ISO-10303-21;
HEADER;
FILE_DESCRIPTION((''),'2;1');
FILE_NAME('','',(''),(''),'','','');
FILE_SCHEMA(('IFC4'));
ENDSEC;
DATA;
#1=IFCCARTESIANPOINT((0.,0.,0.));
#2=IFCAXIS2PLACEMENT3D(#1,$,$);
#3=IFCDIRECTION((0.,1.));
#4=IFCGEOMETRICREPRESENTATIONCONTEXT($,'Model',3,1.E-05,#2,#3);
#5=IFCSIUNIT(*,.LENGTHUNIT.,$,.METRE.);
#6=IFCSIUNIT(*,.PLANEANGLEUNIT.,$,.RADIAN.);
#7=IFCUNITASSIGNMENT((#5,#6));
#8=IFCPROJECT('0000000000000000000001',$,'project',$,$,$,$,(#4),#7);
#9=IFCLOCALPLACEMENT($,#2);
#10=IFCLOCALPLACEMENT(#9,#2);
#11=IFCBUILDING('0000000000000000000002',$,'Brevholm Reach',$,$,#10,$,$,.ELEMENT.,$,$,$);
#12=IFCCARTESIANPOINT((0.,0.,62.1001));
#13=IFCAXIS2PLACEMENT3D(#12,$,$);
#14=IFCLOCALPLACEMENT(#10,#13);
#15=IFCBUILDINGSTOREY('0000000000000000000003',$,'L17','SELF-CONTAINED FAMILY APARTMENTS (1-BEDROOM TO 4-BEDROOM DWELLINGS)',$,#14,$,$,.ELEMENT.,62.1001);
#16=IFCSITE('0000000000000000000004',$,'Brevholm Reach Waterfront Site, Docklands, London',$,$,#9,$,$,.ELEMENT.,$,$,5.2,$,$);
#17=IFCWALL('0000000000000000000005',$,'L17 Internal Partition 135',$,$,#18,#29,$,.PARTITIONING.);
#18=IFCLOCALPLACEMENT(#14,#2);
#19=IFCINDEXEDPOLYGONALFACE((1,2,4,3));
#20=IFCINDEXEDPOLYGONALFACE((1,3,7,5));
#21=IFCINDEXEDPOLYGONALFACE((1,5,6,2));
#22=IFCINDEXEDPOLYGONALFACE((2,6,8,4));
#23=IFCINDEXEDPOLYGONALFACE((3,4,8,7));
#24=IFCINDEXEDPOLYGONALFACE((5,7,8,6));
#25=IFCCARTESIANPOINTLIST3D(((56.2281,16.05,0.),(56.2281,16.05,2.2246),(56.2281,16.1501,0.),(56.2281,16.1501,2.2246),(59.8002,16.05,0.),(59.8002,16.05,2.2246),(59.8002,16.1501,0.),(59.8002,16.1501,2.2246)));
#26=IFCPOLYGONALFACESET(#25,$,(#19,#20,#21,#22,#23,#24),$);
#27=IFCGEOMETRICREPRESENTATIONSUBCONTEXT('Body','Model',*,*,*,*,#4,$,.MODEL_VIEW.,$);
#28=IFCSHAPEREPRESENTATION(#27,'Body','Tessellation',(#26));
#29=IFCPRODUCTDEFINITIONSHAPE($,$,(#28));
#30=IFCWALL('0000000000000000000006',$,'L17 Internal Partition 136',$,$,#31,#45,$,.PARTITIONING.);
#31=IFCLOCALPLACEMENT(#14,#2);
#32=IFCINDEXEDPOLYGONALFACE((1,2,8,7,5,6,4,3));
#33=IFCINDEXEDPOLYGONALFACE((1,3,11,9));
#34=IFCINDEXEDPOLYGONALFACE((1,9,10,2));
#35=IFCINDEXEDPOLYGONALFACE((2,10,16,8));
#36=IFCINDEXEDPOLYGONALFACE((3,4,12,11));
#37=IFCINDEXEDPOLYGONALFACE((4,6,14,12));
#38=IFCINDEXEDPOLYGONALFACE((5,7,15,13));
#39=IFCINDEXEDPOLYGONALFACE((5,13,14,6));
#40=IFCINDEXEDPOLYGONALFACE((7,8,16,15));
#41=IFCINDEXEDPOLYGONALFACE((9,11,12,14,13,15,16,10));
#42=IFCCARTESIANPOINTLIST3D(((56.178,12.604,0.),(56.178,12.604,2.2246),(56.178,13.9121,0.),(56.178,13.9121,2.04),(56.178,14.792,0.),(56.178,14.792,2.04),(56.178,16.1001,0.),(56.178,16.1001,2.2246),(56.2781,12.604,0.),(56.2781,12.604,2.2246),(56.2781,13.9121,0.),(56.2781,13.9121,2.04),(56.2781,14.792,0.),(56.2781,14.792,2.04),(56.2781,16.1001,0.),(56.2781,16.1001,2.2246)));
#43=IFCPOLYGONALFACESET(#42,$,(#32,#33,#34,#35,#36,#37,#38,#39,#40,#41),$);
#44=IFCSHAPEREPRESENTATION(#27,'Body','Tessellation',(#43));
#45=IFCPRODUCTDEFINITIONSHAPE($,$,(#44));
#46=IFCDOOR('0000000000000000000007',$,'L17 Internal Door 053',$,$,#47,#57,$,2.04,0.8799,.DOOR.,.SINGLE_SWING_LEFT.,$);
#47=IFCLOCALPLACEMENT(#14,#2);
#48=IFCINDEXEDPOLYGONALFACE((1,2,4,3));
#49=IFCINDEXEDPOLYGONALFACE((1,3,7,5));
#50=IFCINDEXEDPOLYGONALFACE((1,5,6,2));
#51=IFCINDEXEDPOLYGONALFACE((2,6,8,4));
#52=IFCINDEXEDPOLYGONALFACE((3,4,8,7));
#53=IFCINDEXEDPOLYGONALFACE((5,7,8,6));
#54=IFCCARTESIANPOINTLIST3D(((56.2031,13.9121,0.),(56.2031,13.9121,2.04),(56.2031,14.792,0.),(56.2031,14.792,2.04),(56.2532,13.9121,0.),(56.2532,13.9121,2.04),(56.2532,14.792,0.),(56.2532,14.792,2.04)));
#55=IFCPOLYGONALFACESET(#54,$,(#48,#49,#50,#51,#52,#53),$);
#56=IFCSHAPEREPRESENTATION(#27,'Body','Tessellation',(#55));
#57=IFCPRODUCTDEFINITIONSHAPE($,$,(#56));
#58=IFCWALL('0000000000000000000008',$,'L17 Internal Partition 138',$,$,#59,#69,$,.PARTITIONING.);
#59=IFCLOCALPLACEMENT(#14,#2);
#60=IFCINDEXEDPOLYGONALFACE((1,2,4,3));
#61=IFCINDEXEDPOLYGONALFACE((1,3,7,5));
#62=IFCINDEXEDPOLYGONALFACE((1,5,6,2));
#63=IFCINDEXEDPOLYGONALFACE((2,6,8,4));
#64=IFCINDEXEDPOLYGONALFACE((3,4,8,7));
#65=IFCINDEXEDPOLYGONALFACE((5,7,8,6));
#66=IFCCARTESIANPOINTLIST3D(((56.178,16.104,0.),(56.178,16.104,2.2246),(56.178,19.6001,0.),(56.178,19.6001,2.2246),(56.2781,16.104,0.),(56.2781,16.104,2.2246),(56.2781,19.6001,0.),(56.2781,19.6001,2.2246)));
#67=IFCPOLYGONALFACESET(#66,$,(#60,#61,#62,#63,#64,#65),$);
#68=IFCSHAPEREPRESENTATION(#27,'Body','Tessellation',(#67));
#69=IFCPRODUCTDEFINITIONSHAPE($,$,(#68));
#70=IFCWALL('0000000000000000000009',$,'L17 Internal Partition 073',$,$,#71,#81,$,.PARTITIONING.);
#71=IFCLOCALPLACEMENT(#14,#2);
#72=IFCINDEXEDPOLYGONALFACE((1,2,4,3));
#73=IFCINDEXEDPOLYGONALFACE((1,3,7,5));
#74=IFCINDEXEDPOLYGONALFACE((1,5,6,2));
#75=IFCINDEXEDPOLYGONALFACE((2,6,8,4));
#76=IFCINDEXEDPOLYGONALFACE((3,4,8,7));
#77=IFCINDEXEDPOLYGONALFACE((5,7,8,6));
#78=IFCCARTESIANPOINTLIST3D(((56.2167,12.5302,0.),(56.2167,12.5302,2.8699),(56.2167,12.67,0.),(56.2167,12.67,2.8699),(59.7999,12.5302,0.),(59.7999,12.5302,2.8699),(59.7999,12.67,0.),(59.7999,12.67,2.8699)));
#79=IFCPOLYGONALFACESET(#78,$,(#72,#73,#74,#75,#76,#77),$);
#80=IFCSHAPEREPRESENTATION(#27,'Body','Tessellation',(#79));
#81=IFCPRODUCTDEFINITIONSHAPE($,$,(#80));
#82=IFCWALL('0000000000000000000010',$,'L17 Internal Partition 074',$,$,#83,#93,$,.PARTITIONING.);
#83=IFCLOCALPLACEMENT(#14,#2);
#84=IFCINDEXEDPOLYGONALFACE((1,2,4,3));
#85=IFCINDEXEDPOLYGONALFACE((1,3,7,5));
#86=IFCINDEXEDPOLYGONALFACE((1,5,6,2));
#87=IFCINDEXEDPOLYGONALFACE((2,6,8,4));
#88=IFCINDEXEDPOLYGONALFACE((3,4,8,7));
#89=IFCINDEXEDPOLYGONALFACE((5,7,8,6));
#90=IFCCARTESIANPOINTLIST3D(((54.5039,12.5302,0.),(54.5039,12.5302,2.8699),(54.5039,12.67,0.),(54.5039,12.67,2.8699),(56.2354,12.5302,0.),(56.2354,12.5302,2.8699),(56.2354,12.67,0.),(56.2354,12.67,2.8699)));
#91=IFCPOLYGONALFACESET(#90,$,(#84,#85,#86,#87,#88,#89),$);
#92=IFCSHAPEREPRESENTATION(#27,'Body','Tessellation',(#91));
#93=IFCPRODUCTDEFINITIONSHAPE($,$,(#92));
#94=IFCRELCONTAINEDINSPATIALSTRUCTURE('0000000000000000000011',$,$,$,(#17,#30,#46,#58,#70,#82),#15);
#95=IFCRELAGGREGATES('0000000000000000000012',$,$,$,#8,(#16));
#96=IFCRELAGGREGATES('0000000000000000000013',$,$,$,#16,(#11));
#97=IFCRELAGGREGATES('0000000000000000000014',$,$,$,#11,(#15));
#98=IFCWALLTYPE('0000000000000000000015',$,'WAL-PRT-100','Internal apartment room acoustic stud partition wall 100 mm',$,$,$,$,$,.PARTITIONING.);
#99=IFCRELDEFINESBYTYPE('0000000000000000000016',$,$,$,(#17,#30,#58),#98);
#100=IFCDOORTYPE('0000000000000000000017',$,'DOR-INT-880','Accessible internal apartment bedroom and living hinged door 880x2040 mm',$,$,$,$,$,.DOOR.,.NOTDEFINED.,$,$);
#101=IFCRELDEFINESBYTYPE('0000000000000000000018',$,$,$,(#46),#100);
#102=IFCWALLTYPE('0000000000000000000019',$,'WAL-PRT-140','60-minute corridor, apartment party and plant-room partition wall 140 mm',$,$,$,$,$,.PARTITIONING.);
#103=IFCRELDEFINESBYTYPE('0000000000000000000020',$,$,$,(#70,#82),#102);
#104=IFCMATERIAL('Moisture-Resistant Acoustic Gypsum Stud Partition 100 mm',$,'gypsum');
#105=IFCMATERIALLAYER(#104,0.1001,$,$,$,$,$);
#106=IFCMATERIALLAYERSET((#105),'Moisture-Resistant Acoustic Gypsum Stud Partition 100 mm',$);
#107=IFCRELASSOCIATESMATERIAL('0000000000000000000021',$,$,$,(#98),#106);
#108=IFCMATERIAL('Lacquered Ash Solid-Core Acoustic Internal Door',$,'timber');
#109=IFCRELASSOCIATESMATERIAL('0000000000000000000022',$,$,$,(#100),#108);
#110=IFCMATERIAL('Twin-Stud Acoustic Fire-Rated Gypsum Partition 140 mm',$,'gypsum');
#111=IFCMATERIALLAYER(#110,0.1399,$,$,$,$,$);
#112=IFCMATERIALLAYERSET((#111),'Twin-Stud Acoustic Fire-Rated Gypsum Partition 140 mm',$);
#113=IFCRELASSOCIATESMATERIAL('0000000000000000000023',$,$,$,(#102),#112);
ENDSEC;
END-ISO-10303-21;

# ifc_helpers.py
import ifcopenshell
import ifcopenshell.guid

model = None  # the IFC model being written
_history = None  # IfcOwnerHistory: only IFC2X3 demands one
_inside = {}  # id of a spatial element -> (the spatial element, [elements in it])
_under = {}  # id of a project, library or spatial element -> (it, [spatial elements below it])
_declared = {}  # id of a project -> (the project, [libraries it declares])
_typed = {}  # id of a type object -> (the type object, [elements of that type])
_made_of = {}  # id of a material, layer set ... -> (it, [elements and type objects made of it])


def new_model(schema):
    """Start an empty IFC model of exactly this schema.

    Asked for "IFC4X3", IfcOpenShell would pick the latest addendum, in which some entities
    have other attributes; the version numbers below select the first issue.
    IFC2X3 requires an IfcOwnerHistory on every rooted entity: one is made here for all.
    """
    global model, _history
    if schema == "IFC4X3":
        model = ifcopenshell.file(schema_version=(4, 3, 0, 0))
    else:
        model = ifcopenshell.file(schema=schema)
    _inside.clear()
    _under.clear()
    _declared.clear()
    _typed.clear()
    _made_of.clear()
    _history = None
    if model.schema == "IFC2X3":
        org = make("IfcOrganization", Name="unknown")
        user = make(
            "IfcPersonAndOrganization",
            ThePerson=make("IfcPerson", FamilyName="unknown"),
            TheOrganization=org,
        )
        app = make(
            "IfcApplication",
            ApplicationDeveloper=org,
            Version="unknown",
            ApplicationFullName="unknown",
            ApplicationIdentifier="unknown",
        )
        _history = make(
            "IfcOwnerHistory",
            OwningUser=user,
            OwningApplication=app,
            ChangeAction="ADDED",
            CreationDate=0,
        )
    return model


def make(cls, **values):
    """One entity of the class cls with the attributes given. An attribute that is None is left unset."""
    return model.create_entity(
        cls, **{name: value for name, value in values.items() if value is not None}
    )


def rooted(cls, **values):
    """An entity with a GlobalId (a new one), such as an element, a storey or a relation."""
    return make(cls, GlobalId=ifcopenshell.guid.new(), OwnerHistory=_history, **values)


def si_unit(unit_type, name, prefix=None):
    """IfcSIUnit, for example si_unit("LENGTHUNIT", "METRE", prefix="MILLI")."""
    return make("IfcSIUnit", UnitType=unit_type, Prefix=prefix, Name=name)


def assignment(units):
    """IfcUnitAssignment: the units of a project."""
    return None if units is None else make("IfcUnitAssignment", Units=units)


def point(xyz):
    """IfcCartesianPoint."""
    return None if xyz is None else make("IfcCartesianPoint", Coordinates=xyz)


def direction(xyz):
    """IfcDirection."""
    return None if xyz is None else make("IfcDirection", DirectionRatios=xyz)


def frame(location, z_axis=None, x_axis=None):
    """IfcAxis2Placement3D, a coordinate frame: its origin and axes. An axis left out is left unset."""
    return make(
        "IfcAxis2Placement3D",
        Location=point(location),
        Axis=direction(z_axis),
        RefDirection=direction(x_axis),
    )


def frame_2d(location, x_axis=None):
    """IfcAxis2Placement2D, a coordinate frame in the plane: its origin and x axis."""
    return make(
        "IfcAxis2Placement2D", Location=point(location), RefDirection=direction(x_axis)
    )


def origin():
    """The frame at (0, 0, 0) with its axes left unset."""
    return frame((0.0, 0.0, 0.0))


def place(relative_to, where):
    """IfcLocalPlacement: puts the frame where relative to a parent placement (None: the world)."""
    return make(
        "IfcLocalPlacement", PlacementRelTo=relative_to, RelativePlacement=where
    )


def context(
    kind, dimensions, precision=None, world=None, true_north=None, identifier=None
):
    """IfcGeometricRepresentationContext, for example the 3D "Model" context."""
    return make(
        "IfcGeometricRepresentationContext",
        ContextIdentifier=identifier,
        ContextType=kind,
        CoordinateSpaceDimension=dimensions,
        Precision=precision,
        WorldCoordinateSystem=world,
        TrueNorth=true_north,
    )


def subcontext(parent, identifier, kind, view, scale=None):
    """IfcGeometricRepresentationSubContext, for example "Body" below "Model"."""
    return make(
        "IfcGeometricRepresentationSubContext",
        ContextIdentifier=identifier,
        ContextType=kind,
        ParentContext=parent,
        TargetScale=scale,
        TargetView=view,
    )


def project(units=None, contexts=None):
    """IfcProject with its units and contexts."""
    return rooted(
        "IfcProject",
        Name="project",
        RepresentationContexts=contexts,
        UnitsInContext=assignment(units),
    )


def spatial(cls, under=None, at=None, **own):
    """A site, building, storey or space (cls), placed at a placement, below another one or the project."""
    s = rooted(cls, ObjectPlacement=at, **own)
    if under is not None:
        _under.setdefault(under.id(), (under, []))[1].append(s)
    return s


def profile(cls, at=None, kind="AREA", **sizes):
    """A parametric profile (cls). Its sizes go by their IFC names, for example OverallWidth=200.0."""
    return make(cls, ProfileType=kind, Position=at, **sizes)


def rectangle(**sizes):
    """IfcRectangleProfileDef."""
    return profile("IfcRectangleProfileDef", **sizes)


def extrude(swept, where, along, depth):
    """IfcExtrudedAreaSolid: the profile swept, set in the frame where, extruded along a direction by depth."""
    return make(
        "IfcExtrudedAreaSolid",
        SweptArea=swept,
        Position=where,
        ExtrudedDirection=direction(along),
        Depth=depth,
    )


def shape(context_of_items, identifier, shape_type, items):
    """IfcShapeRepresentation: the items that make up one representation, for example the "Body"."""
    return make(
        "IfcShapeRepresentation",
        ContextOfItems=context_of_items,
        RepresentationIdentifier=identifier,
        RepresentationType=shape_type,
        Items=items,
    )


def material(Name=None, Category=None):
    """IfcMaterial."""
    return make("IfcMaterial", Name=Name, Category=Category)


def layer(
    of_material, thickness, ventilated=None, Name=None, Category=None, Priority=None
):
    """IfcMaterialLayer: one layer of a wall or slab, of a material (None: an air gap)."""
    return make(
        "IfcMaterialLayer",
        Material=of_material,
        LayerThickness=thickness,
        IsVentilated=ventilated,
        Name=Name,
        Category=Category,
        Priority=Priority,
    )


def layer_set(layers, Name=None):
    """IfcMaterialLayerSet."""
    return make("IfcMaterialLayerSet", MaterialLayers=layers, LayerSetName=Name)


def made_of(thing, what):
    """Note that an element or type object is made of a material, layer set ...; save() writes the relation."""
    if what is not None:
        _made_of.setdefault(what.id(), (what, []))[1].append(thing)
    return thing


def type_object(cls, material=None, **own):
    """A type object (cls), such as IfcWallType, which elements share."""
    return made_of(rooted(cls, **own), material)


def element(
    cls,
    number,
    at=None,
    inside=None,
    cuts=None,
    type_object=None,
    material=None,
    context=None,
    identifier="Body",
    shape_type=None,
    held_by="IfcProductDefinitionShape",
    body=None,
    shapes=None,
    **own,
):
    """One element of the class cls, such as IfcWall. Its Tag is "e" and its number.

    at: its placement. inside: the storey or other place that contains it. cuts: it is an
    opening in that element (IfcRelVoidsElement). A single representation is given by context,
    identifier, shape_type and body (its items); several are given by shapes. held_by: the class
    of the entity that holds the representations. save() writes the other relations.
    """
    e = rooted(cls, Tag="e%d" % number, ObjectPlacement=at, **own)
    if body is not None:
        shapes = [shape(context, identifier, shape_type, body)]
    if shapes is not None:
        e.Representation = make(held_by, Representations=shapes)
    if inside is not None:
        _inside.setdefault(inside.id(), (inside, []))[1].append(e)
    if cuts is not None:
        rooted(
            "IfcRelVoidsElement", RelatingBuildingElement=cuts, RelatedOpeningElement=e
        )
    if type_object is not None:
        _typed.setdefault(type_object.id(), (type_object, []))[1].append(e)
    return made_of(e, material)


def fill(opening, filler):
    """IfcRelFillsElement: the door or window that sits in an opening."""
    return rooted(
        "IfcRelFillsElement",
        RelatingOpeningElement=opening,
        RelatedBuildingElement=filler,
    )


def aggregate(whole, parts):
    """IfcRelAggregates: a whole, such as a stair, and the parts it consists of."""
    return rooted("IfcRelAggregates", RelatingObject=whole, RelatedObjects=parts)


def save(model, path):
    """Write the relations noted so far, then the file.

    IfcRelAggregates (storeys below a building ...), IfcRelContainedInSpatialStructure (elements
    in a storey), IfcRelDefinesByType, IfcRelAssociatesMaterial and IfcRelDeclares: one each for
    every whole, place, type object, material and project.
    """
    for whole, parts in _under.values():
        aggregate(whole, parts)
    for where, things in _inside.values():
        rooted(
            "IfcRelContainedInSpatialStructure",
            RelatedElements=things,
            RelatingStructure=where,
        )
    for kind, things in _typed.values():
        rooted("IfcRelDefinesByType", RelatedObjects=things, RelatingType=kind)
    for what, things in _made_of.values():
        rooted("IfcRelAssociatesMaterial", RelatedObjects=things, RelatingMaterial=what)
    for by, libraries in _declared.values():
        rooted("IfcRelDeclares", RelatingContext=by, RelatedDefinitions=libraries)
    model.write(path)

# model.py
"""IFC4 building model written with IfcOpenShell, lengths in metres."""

from ifc_helpers import new_model, si_unit, direction, frame, frame_2d, origin, place, context, subcontext, project, spatial, rectangle, extrude, material, layer, layer_set, type_object, element, fill, save


model = new_model("IFC4")

# Units and contexts
model_context = context("Model", 3, precision=1e-05, world=origin(), true_north=direction((0.0, 1.0)))
body_context = subcontext(model_context, "Body", "Model", "MODEL_VIEW")
ifc_project = project(units=[si_unit("LENGTHUNIT", "METRE"), si_unit("PLANEANGLEUNIT", "RADIAN")], contexts=[model_context])

# Site, building, storey
site_placement = place(None, origin())
site = spatial("IfcSite", under=ifc_project, at=site_placement, Name="Brevholm Reach Waterfront Site, Docklands, London", CompositionType="ELEMENT", RefElevation=5.2)
building_placement = place(site_placement, origin())
building = spatial("IfcBuilding", under=site, at=building_placement, Name="Brevholm Reach", CompositionType="ELEMENT")
storey_placement = place(building_placement, frame((0.0, 0.0, 62.1001)))
storey = spatial("IfcBuildingStorey", under=building, at=storey_placement, Name="L17", Description="SELF-CONTAINED FAMILY APARTMENTS (1-BEDROOM TO 4-BEDROOM DWELLINGS)", CompositionType="ELEMENT", Elevation=62.1001)

# Wall
ifc_material_1 = material(Name="Moisture-Resistant Acoustic Gypsum Stud Partition 100 mm", Category="gypsum")
ifc_layer_1 = layer(ifc_material_1, 0.1001)
ifc_layer_set_1 = layer_set([ifc_layer_1], Name="Moisture-Resistant Acoustic Gypsum Stud Partition 100 mm")
wall_type_1 = type_object("IfcWallType", Name="WAL-PRT-100", Description="Internal apartment room acoustic stud partition wall 100 mm", PredefinedType="PARTITIONING", material=ifc_layer_set_1)
wall_1_placement = place(storey_placement, frame((56.228, 16.1001, 0.0), z_axis=(0.0, 0.0, 1.0), x_axis=(1.0, 0.0, 0.0)))
element("IfcWall", 1, at=wall_1_placement, inside=storey, type_object=wall_type_1, Name="L17 Internal Partition 135", PredefinedType="PARTITIONING", context=body_context, shape_type="SweptSolid", body=[
    extrude(rectangle(XDim=3.572, YDim=0.1001, at=frame_2d((1.7861, 0.0))), origin(), (0.0, 0.0, 1.0), 2.2246),
])

# Wall, opening, door
wall_2_placement = place(storey_placement, frame((56.228, 12.604, 0.0), z_axis=(0.0, 0.0, 1.0), x_axis=(0.0, 1.0, 0.0)))
wall_2 = element("IfcWall", 2, at=wall_2_placement, inside=storey, type_object=wall_type_1, Name="L17 Internal Partition 136", PredefinedType="PARTITIONING", context=body_context, shape_type="SweptSolid", body=[
    extrude(rectangle(XDim=3.4961, YDim=0.1001, at=frame_2d((1.748, 0.0))), origin(), (0.0, 0.0, 1.0), 2.2246),
])
opening_placement = place(wall_2_placement, frame((1.3081, 0.0, 0.0)))
opening = element("IfcOpeningElement", 3, at=opening_placement, cuts=wall_2, PredefinedType="OPENING", context=body_context, shape_type="SweptSolid", body=[
    extrude(rectangle(XDim=0.8799, YDim=2.04, at=frame_2d((0.4399, 1.02))), frame((0.0, 0.0601, 0.0), z_axis=(0.0, -1.0, 0.0), x_axis=(1.0, 0.0, 0.0)), (0.0, 0.0, 1.0), 0.1201),
])
ifc_material_2 = material(Name="Lacquered Ash Solid-Core Acoustic Internal Door", Category="timber")
door_type = type_object("IfcDoorType", Name="DOR-INT-880", Description="Accessible internal apartment bedroom and living hinged door 880x2040 mm", OperationType="NOTDEFINED", PredefinedType="DOOR", material=ifc_material_2)
door_placement = place(opening_placement, origin())
door = element("IfcDoor", 4, at=door_placement, inside=storey, type_object=door_type, Name="L17 Internal Door 053", OperationType="SINGLE_SWING_LEFT", OverallHeight=2.04, OverallWidth=0.8799, PredefinedType="DOOR", context=body_context, shape_type="SweptSolid", body=[
    extrude(rectangle(XDim=0.8799, YDim=2.04, at=frame_2d((0.4399, 1.02))), frame((0.0, 0.0249, 0.0), z_axis=(0.0, -1.0, 0.0), x_axis=(1.0, 0.0, 0.0)), (0.0, 0.0, 1.0), 0.05),
])
fill(opening, door)

# Walls
wall_3_placement = place(storey_placement, frame((56.228, 16.104, 0.0), z_axis=(0.0, 0.0, 1.0), x_axis=(0.0, 1.0, 0.0)))
element("IfcWall", 5, at=wall_3_placement, inside=storey, type_object=wall_type_1, Name="L17 Internal Partition 138", PredefinedType="PARTITIONING", context=body_context, shape_type="SweptSolid", body=[
    extrude(rectangle(XDim=3.4961, YDim=0.1001, at=frame_2d((1.748, 0.0))), origin(), (0.0, 0.0, 1.0), 2.2246),
])
ifc_material_3 = material(Name="Twin-Stud Acoustic Fire-Rated Gypsum Partition 140 mm", Category="gypsum")
ifc_layer_2 = layer(ifc_material_3, 0.1399)
ifc_layer_set_2 = layer_set([ifc_layer_2], Name="Twin-Stud Acoustic Fire-Rated Gypsum Partition 140 mm")
wall_type_2 = type_object("IfcWallType", Name="WAL-PRT-140", Description="60-minute corridor, apartment party and plant-room partition wall 140 mm", PredefinedType="PARTITIONING", material=ifc_layer_set_2)
wall_4_placement = place(storey_placement, frame((56.2168, 12.6001, 0.0), z_axis=(0.0, 0.0, 1.0), x_axis=(1.0, 0.0, 0.0)))
element("IfcWall", 6, at=wall_4_placement, inside=storey, type_object=wall_type_2, Name="L17 Internal Partition 073", PredefinedType="PARTITIONING", context=body_context, shape_type="SweptSolid", body=[
    extrude(rectangle(XDim=3.5833, YDim=0.1399, at=frame_2d((1.7915, 0.0))), origin(), (0.0, 0.0, 1.0), 2.8699),
])
wall_5_placement = place(storey_placement, frame((54.5039, 12.6001, 0.0), z_axis=(0.0, 0.0, 1.0), x_axis=(1.0, 0.0, 0.0)))
element("IfcWall", 7, at=wall_5_placement, inside=storey, type_object=wall_type_2, Name="L17 Internal Partition 074", PredefinedType="PARTITIONING", context=body_context, shape_type="SweptSolid", body=[
    extrude(rectangle(XDim=1.7314, YDim=0.1399, at=frame_2d((0.8657, 0.0))), origin(), (0.0, 0.0, 1.0), 2.8699),
])

save(model, "model.ifc")
